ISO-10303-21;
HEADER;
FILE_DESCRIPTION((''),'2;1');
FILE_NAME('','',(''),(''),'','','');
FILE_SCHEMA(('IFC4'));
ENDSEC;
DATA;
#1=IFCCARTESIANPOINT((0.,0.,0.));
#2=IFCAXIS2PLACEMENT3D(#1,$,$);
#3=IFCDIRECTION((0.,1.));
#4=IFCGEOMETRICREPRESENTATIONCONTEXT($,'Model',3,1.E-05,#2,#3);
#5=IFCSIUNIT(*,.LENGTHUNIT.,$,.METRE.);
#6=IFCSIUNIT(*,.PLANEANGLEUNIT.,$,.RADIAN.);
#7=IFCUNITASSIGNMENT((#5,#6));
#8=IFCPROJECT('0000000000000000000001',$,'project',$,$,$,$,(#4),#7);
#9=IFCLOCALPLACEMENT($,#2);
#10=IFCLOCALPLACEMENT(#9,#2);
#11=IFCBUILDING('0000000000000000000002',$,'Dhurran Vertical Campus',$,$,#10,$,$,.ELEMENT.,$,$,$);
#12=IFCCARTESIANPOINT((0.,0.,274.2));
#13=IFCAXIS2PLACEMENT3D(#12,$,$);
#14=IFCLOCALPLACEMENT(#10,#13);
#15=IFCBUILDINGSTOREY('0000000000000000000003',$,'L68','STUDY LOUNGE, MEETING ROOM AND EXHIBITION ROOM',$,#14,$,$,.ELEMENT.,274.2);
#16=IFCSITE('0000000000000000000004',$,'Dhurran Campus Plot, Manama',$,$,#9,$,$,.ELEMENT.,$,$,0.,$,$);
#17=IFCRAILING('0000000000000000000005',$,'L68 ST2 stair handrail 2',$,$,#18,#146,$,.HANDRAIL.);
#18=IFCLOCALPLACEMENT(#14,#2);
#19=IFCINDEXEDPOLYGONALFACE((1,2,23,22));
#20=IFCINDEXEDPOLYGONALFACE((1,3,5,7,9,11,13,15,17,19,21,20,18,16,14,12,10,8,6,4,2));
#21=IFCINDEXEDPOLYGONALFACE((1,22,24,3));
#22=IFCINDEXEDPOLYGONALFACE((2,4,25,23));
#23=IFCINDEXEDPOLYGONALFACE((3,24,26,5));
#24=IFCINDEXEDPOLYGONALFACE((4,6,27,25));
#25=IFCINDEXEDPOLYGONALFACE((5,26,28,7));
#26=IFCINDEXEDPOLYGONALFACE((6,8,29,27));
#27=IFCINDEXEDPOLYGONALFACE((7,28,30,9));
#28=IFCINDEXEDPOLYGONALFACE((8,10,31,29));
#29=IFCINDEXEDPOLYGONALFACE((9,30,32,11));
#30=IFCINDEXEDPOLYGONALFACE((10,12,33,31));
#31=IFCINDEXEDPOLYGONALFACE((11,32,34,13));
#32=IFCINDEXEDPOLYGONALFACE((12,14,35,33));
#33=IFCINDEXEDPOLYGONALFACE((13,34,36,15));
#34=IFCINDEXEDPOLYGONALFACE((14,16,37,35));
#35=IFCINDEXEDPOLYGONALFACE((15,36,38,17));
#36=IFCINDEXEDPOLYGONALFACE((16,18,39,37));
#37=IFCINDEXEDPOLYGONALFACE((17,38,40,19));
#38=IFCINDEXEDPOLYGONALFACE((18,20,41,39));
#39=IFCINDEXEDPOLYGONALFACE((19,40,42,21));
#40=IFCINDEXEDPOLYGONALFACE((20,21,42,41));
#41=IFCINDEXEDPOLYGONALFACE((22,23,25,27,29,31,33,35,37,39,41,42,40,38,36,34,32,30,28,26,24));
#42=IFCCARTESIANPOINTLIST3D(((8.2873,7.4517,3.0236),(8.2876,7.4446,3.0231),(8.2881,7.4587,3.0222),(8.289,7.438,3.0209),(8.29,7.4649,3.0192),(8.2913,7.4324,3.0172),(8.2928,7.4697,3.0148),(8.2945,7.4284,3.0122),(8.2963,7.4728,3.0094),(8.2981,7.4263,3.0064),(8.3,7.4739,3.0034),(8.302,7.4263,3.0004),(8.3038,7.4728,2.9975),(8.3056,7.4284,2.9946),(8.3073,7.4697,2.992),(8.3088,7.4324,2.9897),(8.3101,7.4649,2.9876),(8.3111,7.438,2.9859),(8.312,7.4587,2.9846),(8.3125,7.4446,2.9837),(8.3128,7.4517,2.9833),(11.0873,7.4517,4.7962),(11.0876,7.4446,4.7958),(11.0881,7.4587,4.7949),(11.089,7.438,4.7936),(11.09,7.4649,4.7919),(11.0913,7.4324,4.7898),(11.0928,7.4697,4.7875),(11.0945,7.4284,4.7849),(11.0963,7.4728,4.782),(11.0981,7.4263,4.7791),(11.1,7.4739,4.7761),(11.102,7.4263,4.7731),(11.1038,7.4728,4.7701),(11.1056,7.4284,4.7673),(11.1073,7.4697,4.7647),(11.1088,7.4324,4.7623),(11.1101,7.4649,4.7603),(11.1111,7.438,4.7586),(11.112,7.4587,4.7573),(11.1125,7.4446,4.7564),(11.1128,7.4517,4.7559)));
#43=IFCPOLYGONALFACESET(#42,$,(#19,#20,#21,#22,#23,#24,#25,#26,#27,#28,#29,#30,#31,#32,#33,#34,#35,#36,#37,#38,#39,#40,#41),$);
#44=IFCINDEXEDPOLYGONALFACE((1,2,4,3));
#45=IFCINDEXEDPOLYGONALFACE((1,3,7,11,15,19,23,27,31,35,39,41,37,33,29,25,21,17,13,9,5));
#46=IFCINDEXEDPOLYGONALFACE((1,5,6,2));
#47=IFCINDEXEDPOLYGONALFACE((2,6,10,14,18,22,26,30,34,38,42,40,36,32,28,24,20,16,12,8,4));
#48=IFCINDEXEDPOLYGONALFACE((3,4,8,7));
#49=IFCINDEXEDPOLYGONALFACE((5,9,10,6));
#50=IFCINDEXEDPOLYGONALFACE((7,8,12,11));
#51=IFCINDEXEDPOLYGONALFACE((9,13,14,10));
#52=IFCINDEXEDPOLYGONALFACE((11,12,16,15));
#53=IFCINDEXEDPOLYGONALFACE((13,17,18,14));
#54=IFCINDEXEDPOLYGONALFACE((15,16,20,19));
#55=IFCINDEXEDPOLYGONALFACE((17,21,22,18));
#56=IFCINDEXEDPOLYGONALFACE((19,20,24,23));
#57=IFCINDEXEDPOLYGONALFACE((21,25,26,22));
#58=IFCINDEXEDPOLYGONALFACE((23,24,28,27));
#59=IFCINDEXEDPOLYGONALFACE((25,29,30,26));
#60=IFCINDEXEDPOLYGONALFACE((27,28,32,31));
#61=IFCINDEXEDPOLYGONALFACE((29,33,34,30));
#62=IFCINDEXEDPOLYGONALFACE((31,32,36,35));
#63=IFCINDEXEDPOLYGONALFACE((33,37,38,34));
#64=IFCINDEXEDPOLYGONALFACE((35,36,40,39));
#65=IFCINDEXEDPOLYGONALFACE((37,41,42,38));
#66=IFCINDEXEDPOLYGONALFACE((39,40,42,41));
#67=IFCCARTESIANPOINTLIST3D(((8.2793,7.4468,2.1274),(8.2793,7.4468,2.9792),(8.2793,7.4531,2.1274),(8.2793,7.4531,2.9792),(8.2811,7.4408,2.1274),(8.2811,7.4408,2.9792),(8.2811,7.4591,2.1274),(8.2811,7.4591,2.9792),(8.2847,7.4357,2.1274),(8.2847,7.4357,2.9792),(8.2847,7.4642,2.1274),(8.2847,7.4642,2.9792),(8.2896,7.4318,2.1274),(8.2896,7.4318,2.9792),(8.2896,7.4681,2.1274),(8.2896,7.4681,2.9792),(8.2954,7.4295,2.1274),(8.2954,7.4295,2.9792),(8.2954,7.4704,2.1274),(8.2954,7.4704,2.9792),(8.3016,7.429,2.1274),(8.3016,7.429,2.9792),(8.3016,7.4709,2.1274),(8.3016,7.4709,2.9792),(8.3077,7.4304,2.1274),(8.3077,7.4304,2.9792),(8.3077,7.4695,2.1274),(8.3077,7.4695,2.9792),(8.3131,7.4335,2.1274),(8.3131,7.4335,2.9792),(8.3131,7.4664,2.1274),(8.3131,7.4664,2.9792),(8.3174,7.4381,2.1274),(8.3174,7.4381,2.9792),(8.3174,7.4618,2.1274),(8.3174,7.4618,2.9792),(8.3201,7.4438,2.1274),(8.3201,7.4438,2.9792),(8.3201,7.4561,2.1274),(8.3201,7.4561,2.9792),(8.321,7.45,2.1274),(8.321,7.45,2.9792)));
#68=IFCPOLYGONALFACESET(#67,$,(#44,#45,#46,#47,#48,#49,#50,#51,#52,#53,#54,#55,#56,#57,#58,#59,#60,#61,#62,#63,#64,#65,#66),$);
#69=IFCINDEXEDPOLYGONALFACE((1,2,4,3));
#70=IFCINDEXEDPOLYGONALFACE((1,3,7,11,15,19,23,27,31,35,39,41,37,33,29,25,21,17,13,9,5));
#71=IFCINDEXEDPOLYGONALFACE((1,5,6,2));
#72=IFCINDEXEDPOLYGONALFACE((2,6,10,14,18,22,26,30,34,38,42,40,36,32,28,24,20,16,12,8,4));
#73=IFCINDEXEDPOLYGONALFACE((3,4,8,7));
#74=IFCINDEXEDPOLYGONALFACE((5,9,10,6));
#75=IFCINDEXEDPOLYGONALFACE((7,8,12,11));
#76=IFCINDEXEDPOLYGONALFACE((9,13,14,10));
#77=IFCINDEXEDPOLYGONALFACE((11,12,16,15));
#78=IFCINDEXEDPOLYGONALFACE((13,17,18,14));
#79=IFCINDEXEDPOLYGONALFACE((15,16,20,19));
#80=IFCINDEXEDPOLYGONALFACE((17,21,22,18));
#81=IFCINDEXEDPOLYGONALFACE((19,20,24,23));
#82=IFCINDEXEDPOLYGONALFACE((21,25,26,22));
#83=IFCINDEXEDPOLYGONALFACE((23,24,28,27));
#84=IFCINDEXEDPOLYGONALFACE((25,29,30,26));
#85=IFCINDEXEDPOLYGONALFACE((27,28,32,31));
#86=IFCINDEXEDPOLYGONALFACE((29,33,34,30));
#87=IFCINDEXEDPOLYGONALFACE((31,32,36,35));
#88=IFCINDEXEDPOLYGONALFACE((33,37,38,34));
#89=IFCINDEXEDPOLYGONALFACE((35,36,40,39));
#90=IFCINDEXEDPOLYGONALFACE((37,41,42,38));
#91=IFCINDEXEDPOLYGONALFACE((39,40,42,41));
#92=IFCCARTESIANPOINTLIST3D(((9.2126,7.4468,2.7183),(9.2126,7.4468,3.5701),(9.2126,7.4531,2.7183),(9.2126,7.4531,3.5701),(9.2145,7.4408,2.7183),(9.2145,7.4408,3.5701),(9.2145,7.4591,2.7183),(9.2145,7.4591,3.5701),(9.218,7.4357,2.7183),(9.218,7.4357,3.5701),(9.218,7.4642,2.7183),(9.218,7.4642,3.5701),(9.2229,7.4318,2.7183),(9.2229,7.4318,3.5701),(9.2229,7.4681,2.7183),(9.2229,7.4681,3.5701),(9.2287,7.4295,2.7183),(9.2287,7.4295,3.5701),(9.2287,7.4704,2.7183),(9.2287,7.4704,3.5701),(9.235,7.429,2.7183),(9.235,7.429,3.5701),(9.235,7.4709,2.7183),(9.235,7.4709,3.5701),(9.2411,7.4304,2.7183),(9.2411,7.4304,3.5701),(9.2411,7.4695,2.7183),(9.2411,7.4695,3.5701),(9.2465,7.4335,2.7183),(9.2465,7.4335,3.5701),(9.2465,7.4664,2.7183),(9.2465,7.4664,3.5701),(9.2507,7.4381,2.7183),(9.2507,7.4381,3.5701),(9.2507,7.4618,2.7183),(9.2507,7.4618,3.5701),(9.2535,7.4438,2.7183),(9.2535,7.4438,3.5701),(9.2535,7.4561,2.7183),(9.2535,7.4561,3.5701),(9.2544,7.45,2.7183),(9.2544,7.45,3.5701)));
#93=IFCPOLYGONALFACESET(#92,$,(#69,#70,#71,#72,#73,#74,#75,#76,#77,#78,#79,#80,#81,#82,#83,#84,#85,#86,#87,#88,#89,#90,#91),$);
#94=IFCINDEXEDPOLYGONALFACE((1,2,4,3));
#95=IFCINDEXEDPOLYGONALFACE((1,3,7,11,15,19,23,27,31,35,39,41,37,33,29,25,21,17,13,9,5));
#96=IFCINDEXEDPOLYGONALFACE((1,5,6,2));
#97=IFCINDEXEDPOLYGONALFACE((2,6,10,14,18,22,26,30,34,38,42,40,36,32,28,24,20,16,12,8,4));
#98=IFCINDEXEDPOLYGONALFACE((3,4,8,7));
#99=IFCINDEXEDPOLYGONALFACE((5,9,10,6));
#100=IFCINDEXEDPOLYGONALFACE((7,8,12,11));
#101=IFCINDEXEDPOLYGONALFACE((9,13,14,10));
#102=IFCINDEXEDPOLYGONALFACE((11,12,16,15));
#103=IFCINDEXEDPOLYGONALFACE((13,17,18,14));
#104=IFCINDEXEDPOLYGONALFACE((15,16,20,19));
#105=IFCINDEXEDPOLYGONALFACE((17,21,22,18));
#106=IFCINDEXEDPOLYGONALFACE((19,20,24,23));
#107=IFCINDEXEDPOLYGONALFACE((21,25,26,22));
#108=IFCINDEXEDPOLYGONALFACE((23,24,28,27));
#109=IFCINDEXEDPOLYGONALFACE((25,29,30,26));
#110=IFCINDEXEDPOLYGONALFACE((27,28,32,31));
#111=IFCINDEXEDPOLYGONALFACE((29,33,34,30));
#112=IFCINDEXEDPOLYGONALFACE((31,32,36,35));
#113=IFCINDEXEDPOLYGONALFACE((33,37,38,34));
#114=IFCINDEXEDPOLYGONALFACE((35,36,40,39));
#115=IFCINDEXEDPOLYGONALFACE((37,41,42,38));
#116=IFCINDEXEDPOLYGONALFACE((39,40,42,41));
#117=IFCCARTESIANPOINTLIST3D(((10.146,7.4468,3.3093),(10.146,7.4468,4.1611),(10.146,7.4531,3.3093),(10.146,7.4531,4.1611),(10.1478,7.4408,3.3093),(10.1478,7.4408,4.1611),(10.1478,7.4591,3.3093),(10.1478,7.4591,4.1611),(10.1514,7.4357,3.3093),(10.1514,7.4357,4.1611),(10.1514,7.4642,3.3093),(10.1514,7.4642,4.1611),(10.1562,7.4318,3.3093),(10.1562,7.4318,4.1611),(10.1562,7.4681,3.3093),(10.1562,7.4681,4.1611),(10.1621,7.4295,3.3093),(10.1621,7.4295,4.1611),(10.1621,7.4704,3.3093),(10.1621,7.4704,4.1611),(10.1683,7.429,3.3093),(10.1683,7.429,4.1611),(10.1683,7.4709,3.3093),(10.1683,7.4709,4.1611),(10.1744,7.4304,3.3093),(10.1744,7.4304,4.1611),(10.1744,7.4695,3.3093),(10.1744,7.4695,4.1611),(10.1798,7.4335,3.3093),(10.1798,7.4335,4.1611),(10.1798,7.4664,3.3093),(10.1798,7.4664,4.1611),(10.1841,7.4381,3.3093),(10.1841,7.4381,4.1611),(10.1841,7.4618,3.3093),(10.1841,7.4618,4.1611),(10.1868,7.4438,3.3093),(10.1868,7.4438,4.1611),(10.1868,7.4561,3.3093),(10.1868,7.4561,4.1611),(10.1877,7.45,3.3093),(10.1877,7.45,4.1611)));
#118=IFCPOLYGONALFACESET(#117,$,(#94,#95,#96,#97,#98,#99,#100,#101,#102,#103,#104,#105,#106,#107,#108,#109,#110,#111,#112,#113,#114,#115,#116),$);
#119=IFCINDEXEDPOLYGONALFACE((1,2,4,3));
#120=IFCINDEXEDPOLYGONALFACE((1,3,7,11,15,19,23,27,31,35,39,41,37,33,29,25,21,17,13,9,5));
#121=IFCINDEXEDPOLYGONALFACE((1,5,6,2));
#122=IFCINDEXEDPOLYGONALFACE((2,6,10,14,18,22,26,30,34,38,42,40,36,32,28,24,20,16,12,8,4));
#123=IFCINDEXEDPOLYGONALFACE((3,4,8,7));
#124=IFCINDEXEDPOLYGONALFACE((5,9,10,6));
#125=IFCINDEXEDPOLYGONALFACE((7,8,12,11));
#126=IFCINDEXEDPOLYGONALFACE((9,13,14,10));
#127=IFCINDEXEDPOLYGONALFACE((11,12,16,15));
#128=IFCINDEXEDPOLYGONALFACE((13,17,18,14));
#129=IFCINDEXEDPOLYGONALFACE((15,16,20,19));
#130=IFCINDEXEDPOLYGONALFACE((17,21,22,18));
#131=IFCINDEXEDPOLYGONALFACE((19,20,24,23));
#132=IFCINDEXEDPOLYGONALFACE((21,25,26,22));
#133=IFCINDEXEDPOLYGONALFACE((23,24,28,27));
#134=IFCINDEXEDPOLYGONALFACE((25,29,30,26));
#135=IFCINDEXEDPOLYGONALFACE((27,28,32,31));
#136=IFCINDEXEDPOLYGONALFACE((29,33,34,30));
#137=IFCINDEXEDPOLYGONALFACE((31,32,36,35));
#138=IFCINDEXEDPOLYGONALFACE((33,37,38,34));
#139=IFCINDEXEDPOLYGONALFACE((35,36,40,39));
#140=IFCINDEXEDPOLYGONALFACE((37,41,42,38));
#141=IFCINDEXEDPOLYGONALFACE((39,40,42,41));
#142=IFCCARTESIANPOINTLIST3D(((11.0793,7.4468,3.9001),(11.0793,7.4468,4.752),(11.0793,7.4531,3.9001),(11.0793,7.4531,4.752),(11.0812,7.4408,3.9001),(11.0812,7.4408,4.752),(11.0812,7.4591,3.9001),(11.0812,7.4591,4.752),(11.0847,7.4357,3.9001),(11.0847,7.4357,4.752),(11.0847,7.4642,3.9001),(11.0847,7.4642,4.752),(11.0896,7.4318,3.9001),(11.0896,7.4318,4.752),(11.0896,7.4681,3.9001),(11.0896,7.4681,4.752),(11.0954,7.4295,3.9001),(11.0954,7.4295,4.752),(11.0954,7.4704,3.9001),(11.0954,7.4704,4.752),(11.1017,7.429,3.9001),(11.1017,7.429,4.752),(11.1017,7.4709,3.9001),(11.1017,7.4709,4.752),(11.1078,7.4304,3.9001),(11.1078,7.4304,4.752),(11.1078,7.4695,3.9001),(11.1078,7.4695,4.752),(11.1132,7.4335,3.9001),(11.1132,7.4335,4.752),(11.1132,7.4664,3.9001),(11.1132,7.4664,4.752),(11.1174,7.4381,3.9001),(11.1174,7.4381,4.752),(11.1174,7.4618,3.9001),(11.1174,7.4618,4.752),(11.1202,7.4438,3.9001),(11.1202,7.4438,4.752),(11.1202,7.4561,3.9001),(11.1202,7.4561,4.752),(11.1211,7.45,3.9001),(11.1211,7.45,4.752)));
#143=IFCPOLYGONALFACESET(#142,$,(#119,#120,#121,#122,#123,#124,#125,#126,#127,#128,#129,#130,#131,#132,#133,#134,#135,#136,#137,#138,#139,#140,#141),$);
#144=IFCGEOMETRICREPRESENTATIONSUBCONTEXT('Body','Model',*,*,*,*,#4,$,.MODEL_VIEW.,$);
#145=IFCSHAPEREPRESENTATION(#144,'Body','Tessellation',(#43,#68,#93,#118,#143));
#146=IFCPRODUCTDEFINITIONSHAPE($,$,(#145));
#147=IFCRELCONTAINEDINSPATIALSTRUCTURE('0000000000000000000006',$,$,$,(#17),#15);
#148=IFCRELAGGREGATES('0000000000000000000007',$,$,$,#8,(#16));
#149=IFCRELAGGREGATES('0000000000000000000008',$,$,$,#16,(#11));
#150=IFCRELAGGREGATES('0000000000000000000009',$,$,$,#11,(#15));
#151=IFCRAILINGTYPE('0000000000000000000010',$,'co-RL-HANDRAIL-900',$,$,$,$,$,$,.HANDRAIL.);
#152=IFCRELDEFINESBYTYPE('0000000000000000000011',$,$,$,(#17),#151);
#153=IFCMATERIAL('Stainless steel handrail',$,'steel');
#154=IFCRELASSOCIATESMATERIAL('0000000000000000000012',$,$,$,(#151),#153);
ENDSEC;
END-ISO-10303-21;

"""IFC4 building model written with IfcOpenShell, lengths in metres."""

from ifc_helpers import new_model, si_unit, direction, frame, origin, origin_2d, place, context, subcontext, project, spatial, circle, extrude, material, type_object, element, save


model = new_model("IFC4")

# Units and contexts
model_context = context("Model", 3, precision=1e-05, world=origin(), true_north=direction((0.0, 1.0)))
body_context = subcontext(model_context, "Body", "Model", "MODEL_VIEW")
ifc_project = project(units=[si_unit("LENGTHUNIT", "METRE"), si_unit("PLANEANGLEUNIT", "RADIAN")], contexts=[model_context])

# Site, building, storey
site_placement = place(None, origin())
site = spatial("IfcSite", under=ifc_project, at=site_placement, Name="Dhurran Campus Plot, Manama", CompositionType="ELEMENT", RefElevation=0.0)
building_placement = place(site_placement, origin())
building = spatial("IfcBuilding", under=site, at=building_placement, Name="Dhurran Vertical Campus", CompositionType="ELEMENT")
storey_placement = place(building_placement, frame((0.0, 0.0, 274.2)))
storey = spatial("IfcBuildingStorey", under=building, at=storey_placement, Name="L68", Description="STUDY LOUNGE, MEETING ROOM AND EXHIBITION ROOM", CompositionType="ELEMENT", Elevation=274.2)

# Railing
ifc_material_1 = material(Name="Stainless steel handrail", Category="steel")
railing_type_1 = type_object("IfcRailingType", Name="co-RL-HANDRAIL-900", PredefinedType="HANDRAIL", material=ifc_material_1)
railing_1_placement = place(storey_placement, frame((8.3, 7.45, 2.1274)))
element("IfcRailing", 1, at=railing_1_placement, inside=storey, type_object=railing_type_1, Name="L68 ST2 stair handrail 2", PredefinedType="HANDRAIL", context=body_context, shape_type="SweptSolid", body=[
    extrude(circle(Radius=0.0239, at=origin_2d()), frame((0.0, 0.0, 0.876), z_axis=(0.844909, 0.0, 0.53491), x_axis=(0.0, 1.0, 0.0)), (0.0, 0.0, 1.0), 3.314),
    extrude(circle(Radius=0.021, at=origin_2d()), origin(), (0.0, 0.0, 1.0), 0.8518),
    extrude(circle(Radius=0.021, at=origin_2d()), frame((0.9333, 0.0, 0.5908)), (0.0, 0.0, 1.0), 0.8518),
    extrude(circle(Radius=0.021, at=origin_2d()), frame((1.8667, 0.0, 1.1819)), (0.0, 0.0, 1.0), 0.8518),
    extrude(circle(Radius=0.021, at=origin_2d()), frame((2.8, 0.0, 1.7727)), (0.0, 0.0, 1.0), 0.8518),
])

save(model, "model.ifc")
